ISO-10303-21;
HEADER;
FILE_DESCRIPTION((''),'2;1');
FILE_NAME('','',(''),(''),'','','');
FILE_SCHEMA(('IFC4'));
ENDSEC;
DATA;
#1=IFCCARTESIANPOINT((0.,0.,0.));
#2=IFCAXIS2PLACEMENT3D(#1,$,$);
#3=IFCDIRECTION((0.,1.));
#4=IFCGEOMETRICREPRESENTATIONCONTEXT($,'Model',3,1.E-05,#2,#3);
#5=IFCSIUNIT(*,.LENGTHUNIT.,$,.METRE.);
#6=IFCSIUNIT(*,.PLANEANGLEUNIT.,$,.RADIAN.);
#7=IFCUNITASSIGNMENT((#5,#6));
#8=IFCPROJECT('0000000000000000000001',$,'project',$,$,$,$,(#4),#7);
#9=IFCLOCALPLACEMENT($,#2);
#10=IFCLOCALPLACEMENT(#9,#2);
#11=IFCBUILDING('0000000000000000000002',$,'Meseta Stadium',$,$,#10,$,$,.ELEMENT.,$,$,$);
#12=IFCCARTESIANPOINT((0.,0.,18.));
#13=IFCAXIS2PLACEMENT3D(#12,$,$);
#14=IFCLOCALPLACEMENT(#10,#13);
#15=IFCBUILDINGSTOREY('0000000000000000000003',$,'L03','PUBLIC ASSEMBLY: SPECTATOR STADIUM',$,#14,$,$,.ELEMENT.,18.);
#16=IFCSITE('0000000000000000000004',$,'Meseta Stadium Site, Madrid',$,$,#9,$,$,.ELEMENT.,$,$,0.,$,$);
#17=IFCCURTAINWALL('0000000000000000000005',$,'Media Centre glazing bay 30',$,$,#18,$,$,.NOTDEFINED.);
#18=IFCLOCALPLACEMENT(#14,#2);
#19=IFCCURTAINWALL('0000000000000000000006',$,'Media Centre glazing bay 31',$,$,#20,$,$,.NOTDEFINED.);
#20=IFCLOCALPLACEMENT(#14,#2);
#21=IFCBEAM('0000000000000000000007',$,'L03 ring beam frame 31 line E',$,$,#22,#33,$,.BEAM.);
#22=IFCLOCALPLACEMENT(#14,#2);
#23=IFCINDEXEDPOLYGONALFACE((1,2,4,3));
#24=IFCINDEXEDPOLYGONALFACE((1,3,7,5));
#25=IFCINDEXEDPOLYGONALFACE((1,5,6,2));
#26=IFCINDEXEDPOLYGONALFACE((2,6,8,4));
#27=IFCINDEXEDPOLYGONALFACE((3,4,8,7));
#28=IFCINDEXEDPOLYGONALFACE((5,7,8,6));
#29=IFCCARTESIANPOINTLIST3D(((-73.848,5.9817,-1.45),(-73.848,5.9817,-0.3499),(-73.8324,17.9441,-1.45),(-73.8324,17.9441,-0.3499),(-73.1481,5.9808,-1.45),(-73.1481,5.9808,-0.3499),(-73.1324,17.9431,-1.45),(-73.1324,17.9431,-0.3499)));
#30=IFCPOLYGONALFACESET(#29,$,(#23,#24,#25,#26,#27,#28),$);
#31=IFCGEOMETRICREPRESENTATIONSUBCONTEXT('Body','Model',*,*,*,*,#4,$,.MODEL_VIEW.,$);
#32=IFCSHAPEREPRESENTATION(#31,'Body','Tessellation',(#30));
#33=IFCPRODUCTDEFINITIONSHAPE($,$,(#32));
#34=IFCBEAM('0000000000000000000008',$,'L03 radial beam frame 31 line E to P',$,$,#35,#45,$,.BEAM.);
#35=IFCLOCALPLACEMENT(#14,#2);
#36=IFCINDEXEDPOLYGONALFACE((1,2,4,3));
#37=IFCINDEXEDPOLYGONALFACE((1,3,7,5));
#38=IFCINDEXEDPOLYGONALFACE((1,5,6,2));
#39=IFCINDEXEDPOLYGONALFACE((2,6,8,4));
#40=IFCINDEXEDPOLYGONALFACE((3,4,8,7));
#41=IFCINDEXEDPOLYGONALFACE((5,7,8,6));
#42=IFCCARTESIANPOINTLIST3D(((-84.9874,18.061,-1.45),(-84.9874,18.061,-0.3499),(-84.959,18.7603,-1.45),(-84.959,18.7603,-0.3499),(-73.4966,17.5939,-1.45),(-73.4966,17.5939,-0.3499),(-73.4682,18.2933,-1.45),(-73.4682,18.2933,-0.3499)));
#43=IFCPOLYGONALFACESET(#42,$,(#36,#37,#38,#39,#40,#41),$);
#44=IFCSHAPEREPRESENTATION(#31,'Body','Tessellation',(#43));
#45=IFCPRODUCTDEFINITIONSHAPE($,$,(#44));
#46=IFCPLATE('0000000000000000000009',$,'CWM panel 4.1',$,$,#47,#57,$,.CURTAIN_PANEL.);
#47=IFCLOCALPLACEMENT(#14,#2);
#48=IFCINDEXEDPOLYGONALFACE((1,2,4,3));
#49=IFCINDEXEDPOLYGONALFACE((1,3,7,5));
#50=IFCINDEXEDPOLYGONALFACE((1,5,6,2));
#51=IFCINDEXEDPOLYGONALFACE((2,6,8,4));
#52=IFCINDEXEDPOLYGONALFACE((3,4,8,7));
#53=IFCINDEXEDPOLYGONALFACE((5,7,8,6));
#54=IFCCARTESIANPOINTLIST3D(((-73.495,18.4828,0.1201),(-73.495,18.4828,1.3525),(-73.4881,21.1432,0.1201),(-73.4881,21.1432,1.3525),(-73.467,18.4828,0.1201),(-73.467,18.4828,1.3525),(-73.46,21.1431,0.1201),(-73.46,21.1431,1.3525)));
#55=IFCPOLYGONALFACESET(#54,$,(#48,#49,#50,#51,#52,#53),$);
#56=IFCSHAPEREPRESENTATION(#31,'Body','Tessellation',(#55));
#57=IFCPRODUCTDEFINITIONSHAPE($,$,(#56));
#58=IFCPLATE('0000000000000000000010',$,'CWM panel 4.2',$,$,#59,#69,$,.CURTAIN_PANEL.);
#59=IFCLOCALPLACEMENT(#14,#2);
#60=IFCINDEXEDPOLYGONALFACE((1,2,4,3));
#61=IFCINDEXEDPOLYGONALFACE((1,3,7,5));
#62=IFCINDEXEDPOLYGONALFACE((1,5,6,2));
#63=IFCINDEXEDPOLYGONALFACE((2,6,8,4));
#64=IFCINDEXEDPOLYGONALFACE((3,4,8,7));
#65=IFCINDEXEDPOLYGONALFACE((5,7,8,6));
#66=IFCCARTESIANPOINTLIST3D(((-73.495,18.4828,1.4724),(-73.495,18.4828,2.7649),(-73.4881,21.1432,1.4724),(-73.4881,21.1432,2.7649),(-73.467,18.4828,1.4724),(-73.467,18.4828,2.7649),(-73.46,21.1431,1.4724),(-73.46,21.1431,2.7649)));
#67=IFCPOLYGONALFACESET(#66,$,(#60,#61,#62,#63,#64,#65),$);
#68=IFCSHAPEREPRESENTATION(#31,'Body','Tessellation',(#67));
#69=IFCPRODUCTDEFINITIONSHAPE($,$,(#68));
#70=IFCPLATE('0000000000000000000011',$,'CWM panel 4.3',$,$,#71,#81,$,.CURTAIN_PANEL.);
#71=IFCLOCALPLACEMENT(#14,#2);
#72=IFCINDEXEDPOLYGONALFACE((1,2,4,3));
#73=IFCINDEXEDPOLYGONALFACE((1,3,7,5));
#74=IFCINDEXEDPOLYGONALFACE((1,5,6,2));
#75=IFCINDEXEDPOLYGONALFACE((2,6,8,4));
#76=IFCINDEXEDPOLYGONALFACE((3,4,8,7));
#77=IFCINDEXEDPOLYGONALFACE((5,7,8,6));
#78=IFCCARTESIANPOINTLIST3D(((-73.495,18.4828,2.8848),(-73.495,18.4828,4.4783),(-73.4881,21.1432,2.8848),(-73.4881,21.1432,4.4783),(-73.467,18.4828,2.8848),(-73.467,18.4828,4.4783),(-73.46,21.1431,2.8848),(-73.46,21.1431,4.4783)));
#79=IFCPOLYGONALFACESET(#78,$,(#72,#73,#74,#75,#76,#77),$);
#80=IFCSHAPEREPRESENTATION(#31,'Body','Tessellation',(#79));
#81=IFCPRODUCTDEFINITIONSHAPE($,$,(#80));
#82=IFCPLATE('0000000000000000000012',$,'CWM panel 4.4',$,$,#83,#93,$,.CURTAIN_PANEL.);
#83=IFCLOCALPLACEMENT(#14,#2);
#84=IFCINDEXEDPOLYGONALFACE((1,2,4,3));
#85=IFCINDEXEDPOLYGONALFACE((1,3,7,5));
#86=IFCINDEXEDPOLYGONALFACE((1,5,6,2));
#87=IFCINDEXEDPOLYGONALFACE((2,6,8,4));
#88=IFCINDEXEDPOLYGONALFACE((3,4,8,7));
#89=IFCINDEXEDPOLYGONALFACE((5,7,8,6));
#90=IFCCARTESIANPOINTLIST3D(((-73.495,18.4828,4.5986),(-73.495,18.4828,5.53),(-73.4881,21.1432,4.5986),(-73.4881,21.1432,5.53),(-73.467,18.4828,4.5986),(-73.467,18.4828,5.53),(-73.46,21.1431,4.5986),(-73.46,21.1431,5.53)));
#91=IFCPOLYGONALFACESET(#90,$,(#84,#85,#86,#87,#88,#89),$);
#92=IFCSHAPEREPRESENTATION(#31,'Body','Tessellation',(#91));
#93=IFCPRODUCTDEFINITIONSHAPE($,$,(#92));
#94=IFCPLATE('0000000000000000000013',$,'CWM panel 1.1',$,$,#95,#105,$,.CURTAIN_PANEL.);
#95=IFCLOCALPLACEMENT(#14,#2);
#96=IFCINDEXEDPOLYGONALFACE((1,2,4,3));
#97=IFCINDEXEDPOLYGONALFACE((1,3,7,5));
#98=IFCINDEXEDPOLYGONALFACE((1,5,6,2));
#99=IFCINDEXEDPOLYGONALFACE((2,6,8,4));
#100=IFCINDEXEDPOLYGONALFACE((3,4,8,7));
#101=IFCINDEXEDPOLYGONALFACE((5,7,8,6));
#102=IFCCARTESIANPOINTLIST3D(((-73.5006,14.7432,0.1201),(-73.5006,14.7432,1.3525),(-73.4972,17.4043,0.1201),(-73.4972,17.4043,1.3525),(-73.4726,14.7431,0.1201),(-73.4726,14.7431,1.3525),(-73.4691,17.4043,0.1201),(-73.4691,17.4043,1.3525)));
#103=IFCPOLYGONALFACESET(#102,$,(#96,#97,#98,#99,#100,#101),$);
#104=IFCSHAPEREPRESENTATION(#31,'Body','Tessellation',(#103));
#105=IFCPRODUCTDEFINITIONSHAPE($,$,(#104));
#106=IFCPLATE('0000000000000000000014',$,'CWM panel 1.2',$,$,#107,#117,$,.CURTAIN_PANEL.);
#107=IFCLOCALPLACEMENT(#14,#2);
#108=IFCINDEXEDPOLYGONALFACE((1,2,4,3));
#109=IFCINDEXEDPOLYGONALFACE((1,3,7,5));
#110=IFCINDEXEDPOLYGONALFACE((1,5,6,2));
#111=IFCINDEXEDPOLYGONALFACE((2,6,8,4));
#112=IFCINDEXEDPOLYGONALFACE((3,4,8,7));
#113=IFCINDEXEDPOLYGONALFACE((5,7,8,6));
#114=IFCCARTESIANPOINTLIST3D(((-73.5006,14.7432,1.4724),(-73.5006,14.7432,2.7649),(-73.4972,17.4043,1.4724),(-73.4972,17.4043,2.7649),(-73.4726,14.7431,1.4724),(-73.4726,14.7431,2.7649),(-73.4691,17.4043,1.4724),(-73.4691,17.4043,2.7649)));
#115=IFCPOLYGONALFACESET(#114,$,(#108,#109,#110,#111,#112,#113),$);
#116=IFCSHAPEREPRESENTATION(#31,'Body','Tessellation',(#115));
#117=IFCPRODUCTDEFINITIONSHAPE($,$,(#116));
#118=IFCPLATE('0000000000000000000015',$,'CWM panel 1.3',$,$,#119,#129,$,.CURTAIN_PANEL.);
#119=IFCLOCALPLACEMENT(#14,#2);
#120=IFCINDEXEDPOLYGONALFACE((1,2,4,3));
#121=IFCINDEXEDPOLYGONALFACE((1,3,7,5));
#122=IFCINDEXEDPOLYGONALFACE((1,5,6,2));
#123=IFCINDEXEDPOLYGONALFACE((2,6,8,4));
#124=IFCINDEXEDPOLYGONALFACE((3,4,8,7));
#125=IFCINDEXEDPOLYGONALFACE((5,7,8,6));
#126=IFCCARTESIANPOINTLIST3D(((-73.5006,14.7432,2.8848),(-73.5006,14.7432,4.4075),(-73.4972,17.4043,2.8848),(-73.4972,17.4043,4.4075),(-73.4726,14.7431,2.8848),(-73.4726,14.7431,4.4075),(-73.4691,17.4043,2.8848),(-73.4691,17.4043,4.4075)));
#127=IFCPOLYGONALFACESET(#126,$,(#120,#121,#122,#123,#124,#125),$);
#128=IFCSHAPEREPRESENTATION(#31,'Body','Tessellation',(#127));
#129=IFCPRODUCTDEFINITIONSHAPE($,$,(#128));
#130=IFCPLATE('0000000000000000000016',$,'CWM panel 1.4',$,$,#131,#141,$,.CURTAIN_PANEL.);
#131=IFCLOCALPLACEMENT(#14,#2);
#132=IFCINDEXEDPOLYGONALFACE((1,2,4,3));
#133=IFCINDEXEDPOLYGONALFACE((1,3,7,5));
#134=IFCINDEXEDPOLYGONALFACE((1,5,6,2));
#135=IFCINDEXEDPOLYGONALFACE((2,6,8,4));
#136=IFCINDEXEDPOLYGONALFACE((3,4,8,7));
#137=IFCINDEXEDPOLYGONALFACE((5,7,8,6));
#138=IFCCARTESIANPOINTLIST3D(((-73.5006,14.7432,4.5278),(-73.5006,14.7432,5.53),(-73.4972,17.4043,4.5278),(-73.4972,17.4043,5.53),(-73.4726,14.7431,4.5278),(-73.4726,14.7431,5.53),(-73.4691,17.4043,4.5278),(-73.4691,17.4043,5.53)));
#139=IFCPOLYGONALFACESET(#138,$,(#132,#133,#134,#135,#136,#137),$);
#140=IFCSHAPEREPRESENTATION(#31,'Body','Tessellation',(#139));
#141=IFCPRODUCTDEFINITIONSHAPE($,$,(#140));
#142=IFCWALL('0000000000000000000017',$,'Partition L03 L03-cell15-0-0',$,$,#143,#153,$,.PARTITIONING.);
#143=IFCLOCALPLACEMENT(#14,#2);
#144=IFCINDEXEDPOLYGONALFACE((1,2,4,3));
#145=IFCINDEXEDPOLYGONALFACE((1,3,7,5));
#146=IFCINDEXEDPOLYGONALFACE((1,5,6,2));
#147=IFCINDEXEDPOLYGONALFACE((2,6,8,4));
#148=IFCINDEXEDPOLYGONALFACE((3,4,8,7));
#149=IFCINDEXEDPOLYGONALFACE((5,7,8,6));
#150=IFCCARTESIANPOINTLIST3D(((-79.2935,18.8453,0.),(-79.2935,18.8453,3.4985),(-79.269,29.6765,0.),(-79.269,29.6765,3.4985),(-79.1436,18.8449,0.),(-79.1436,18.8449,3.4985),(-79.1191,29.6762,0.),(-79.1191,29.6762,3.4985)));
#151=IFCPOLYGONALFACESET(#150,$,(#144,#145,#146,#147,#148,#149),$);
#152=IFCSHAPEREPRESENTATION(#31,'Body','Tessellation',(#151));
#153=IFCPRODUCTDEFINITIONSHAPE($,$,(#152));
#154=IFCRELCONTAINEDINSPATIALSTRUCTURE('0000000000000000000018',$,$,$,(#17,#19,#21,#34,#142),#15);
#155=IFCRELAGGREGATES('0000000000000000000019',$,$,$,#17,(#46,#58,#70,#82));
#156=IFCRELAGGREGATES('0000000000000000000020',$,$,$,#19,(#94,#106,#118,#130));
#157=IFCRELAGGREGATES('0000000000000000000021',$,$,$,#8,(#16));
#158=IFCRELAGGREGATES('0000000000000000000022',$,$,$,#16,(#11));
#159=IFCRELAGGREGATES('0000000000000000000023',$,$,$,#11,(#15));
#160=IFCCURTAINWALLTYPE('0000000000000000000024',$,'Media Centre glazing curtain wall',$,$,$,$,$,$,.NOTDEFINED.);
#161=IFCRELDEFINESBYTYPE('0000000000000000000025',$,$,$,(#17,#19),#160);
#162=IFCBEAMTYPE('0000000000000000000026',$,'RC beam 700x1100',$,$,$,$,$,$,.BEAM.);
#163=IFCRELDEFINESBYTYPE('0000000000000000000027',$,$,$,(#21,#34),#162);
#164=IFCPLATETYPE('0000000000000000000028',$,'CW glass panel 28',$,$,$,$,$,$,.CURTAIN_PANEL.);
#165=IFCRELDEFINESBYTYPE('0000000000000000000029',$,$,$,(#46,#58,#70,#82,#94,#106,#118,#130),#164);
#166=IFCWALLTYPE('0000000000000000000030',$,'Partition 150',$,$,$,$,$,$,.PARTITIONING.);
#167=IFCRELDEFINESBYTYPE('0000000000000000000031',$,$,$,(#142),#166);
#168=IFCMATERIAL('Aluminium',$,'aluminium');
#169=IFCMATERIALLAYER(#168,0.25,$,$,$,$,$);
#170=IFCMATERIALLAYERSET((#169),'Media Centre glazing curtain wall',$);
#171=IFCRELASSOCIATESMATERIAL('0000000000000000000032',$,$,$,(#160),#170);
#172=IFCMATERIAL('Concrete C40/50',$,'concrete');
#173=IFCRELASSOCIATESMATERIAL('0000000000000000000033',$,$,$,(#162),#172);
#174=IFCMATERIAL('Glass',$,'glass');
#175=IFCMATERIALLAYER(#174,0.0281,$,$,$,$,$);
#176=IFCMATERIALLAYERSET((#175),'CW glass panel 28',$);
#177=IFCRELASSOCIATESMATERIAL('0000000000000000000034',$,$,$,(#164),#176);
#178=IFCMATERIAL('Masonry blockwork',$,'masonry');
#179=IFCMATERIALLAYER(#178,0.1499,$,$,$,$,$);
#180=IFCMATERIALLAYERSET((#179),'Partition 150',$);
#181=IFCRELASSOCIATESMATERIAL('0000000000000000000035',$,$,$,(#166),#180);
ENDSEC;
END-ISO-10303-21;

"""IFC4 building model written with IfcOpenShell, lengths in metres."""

from ifc_helpers import new_model, si_unit, direction, frame, frame_2d, origin, origin_2d, place, context, subcontext, project, spatial, rectangle, extrude, material, layer, layer_set, material_profile, profile_set, type_object, element, aggregate, save


model = new_model("IFC4")

# Units and contexts
model_context = context("Model", 3, precision=1e-05, world=origin(), true_north=direction((0.0, 1.0)))
body_context = subcontext(model_context, "Body", "Model", "MODEL_VIEW")
ifc_project = project(units=[si_unit("LENGTHUNIT", "METRE"), si_unit("PLANEANGLEUNIT", "RADIAN")], contexts=[model_context])

# Site, building, storey
site_placement = place(None, origin())
site = spatial("IfcSite", under=ifc_project, at=site_placement, Name="Meseta Stadium Site, Madrid", CompositionType="ELEMENT", RefElevation=0.0)
building_placement = place(site_placement, origin())
building = spatial("IfcBuilding", under=site, at=building_placement, Name="Meseta Stadium", CompositionType="ELEMENT")
storey_placement = place(building_placement, frame((0.0, 0.0, 18.0)))
storey = spatial("IfcBuildingStorey", under=building, at=storey_placement, Name="L03", Description="PUBLIC ASSEMBLY: SPECTATOR STADIUM", CompositionType="ELEMENT", Elevation=18.0)

# Curtain wall
ifc_material_1 = material(Name="Aluminium", Category="aluminium")
ifc_layer_1 = layer(ifc_material_1, 0.25)
ifc_layer_set_1 = layer_set([ifc_layer_1], Name="Media Centre glazing curtain wall")
curtain_wall_type = type_object("IfcCurtainWallType", Name="Media Centre glazing curtain wall", PredefinedType="NOTDEFINED", material=ifc_layer_set_1)
curtain_wall_1_placement = place(storey_placement, origin())
curtain_wall_1 = element("IfcCurtainWall", 1, at=curtain_wall_1_placement, inside=storey, type_object=curtain_wall_type, Name="Media Centre glazing bay 30", PredefinedType="NOTDEFINED")

# Curtain wall
curtain_wall_2_placement = place(storey_placement, origin())
curtain_wall_2 = element("IfcCurtainWall", 2, at=curtain_wall_2_placement, inside=storey, type_object=curtain_wall_type, Name="Media Centre glazing bay 31", PredefinedType="NOTDEFINED")

# Beams
ifc_material_2 = material(Name="Concrete C40/50", Category="concrete")
ifc_material_profile_1 = material_profile(ifc_material_2, rectangle(XDim=0.7, YDim=1.1001, at=origin_2d()), Name="RC 700x1100")
ifc_profile_set_1 = profile_set([ifc_material_profile_1], Name="Concrete C40/50")
beam_type = type_object("IfcBeamType", Name="RC beam 700x1100", PredefinedType="BEAM", material=ifc_profile_set_1)
beam_1_placement = place(storey_placement, frame((-73.4824, 17.9436, -0.8999), z_axis=(-0.001306, -0.999999, 0.0), x_axis=(0.999999, -0.001306, 0.0)))
element("IfcBeam", 3, at=beam_1_placement, inside=storey, type_object=beam_type, Name="L03 ring beam frame 31 line E", PredefinedType="BEAM", context=body_context, shape_type="SweptSolid", body=[
    extrude(rectangle(XDim=0.7, YDim=1.1001, at=origin_2d()), origin(), (0.0, 0.0, 1.0), 11.9624),
])
beam_2_placement = place(storey_placement, frame((-73.4824, 17.9436, -0.8999), z_axis=(-0.999175, 0.040612, 0.0), x_axis=(-0.040612, -0.999175, 0.0)))
element("IfcBeam", 4, at=beam_2_placement, inside=storey, type_object=beam_type, Name="L03 radial beam frame 31 line E to P", PredefinedType="BEAM", context=body_context, shape_type="SweptSolid", body=[
    extrude(rectangle(XDim=0.7, YDim=1.1001, at=origin_2d()), origin(), (0.0, 0.0, 1.0), 11.5002),
])

# Plates
ifc_material_3 = material(Name="Glass", Category="glass")
ifc_layer_2 = layer(ifc_material_3, 0.0281)
ifc_layer_set_2 = layer_set([ifc_layer_2], Name="CW glass panel 28")
plate_type = type_object("IfcPlateType", Name="CW glass panel 28", PredefinedType="CURTAIN_PANEL", material=ifc_layer_set_2)
plate_1_placement = place(storey_placement, frame((-73.4775, 19.813, 0.1201), z_axis=(0.0, 0.0, 1.0), x_axis=(-0.002606, -0.999997, 0.0)))
plate_1 = element("IfcPlate", 5, at=plate_1_placement, type_object=plate_type, Name="CWM panel 4.1", PredefinedType="CURTAIN_PANEL", context=body_context, shape_type="SweptSolid", body=[
    extrude(rectangle(XDim=2.6604, YDim=0.0281, at=origin_2d()), origin(), (0.0, 0.0, 1.0), 1.2324),
])
plate_2_placement = place(storey_placement, frame((-73.4775, 19.813, 1.4724), z_axis=(0.0, 0.0, 1.0), x_axis=(-0.002606, -0.999997, 0.0)))
plate_2 = element("IfcPlate", 6, at=plate_2_placement, type_object=plate_type, Name="CWM panel 4.2", PredefinedType="CURTAIN_PANEL", context=body_context, shape_type="SweptSolid", body=[
    extrude(rectangle(XDim=2.6604, YDim=0.0281, at=origin_2d()), origin(), (0.0, 0.0, 1.0), 1.2925),
])
plate_3_placement = place(storey_placement, frame((-73.4775, 19.813, 2.8848), z_axis=(0.0, 0.0, 1.0), x_axis=(-0.002606, -0.999997, 0.0)))
plate_3 = element("IfcPlate", 7, at=plate_3_placement, type_object=plate_type, Name="CWM panel 4.3", PredefinedType="CURTAIN_PANEL", context=body_context, shape_type="SweptSolid", body=[
    extrude(rectangle(XDim=2.6604, YDim=0.0281, at=origin_2d()), origin(), (0.0, 0.0, 1.0), 1.5935),
])
plate_4_placement = place(storey_placement, frame((-73.4775, 19.813, 4.5986), z_axis=(0.0, 0.0, 1.0), x_axis=(-0.002606, -0.999997, 0.0)))
plate_4 = element("IfcPlate", 8, at=plate_4_placement, type_object=plate_type, Name="CWM panel 4.4", PredefinedType="CURTAIN_PANEL", context=body_context, shape_type="SweptSolid", body=[
    extrude(rectangle(XDim=2.6604, YDim=0.0281, at=origin_2d()), origin(), (0.0, 0.0, 1.0), 0.9314),
])
aggregate(curtain_wall_1, [plate_1, plate_2, plate_3, plate_4])
plate_5_placement = place(storey_placement, frame((-73.4849, 16.0737, 0.1201), z_axis=(0.0, 0.0, 1.0), x_axis=(-0.001305, -0.999999, 0.0)))
plate_5 = element("IfcPlate", 9, at=plate_5_placement, type_object=plate_type, Name="CWM panel 1.1", PredefinedType="CURTAIN_PANEL", context=body_context, shape_type="SweptSolid", body=[
    extrude(rectangle(XDim=2.6611, YDim=0.0281, at=origin_2d()), origin(), (0.0, 0.0, 1.0), 1.2324),
])
plate_6_placement = place(storey_placement, frame((-73.4849, 16.0737, 1.4724), z_axis=(0.0, 0.0, 1.0), x_axis=(-0.001305, -0.999999, 0.0)))
plate_6 = element("IfcPlate", 10, at=plate_6_placement, type_object=plate_type, Name="CWM panel 1.2", PredefinedType="CURTAIN_PANEL", context=body_context, shape_type="SweptSolid", body=[
    extrude(rectangle(XDim=2.6611, YDim=0.0281, at=origin_2d()), origin(), (0.0, 0.0, 1.0), 1.2925),
])
plate_7_placement = place(storey_placement, frame((-73.4849, 16.0737, 2.8848), z_axis=(0.0, 0.0, 1.0), x_axis=(-0.001305, -0.999999, 0.0)))
plate_7 = element("IfcPlate", 11, at=plate_7_placement, type_object=plate_type, Name="CWM panel 1.3", PredefinedType="CURTAIN_PANEL", context=body_context, shape_type="SweptSolid", body=[
    extrude(rectangle(XDim=2.6611, YDim=0.0281, at=origin_2d()), origin(), (0.0, 0.0, 1.0), 1.5227),
])
plate_8_placement = place(storey_placement, frame((-73.4849, 16.0737, 4.5278), z_axis=(0.0, 0.0, 1.0), x_axis=(-0.001305, -0.999999, 0.0)))
plate_8 = element("IfcPlate", 12, at=plate_8_placement, type_object=plate_type, Name="CWM panel 1.4", PredefinedType="CURTAIN_PANEL", context=body_context, shape_type="SweptSolid", body=[
    extrude(rectangle(XDim=2.6611, YDim=0.0281, at=origin_2d()), origin(), (0.0, 0.0, 1.0), 1.0022),
])
aggregate(curtain_wall_2, [plate_5, plate_6, plate_7, plate_8])

# Wall
ifc_material_4 = material(Name="Masonry blockwork", Category="masonry")
ifc_layer_3 = layer(ifc_material_4, 0.1499)
ifc_layer_set_3 = layer_set([ifc_layer_3], Name="Partition 150")
wall_type = type_object("IfcWallType", Name="Partition 150", PredefinedType="PARTITIONING", material=ifc_layer_set_3)
wall_placement = place(storey_placement, frame((-79.2185, 18.8452, 0.0), z_axis=(0.0, 0.0, 1.0), x_axis=(0.002254, 0.999997, 0.0)))
element("IfcWall", 13, at=wall_placement, inside=storey, type_object=wall_type, Name="Partition L03 L03-cell15-0-0", PredefinedType="PARTITIONING", context=body_context, shape_type="SweptSolid", body=[
    extrude(rectangle(XDim=10.8313, YDim=0.1499, at=frame_2d((5.4155, 0.0))), origin(), (0.0, 0.0, 1.0), 3.4985),
])

save(model, "model.ifc")
